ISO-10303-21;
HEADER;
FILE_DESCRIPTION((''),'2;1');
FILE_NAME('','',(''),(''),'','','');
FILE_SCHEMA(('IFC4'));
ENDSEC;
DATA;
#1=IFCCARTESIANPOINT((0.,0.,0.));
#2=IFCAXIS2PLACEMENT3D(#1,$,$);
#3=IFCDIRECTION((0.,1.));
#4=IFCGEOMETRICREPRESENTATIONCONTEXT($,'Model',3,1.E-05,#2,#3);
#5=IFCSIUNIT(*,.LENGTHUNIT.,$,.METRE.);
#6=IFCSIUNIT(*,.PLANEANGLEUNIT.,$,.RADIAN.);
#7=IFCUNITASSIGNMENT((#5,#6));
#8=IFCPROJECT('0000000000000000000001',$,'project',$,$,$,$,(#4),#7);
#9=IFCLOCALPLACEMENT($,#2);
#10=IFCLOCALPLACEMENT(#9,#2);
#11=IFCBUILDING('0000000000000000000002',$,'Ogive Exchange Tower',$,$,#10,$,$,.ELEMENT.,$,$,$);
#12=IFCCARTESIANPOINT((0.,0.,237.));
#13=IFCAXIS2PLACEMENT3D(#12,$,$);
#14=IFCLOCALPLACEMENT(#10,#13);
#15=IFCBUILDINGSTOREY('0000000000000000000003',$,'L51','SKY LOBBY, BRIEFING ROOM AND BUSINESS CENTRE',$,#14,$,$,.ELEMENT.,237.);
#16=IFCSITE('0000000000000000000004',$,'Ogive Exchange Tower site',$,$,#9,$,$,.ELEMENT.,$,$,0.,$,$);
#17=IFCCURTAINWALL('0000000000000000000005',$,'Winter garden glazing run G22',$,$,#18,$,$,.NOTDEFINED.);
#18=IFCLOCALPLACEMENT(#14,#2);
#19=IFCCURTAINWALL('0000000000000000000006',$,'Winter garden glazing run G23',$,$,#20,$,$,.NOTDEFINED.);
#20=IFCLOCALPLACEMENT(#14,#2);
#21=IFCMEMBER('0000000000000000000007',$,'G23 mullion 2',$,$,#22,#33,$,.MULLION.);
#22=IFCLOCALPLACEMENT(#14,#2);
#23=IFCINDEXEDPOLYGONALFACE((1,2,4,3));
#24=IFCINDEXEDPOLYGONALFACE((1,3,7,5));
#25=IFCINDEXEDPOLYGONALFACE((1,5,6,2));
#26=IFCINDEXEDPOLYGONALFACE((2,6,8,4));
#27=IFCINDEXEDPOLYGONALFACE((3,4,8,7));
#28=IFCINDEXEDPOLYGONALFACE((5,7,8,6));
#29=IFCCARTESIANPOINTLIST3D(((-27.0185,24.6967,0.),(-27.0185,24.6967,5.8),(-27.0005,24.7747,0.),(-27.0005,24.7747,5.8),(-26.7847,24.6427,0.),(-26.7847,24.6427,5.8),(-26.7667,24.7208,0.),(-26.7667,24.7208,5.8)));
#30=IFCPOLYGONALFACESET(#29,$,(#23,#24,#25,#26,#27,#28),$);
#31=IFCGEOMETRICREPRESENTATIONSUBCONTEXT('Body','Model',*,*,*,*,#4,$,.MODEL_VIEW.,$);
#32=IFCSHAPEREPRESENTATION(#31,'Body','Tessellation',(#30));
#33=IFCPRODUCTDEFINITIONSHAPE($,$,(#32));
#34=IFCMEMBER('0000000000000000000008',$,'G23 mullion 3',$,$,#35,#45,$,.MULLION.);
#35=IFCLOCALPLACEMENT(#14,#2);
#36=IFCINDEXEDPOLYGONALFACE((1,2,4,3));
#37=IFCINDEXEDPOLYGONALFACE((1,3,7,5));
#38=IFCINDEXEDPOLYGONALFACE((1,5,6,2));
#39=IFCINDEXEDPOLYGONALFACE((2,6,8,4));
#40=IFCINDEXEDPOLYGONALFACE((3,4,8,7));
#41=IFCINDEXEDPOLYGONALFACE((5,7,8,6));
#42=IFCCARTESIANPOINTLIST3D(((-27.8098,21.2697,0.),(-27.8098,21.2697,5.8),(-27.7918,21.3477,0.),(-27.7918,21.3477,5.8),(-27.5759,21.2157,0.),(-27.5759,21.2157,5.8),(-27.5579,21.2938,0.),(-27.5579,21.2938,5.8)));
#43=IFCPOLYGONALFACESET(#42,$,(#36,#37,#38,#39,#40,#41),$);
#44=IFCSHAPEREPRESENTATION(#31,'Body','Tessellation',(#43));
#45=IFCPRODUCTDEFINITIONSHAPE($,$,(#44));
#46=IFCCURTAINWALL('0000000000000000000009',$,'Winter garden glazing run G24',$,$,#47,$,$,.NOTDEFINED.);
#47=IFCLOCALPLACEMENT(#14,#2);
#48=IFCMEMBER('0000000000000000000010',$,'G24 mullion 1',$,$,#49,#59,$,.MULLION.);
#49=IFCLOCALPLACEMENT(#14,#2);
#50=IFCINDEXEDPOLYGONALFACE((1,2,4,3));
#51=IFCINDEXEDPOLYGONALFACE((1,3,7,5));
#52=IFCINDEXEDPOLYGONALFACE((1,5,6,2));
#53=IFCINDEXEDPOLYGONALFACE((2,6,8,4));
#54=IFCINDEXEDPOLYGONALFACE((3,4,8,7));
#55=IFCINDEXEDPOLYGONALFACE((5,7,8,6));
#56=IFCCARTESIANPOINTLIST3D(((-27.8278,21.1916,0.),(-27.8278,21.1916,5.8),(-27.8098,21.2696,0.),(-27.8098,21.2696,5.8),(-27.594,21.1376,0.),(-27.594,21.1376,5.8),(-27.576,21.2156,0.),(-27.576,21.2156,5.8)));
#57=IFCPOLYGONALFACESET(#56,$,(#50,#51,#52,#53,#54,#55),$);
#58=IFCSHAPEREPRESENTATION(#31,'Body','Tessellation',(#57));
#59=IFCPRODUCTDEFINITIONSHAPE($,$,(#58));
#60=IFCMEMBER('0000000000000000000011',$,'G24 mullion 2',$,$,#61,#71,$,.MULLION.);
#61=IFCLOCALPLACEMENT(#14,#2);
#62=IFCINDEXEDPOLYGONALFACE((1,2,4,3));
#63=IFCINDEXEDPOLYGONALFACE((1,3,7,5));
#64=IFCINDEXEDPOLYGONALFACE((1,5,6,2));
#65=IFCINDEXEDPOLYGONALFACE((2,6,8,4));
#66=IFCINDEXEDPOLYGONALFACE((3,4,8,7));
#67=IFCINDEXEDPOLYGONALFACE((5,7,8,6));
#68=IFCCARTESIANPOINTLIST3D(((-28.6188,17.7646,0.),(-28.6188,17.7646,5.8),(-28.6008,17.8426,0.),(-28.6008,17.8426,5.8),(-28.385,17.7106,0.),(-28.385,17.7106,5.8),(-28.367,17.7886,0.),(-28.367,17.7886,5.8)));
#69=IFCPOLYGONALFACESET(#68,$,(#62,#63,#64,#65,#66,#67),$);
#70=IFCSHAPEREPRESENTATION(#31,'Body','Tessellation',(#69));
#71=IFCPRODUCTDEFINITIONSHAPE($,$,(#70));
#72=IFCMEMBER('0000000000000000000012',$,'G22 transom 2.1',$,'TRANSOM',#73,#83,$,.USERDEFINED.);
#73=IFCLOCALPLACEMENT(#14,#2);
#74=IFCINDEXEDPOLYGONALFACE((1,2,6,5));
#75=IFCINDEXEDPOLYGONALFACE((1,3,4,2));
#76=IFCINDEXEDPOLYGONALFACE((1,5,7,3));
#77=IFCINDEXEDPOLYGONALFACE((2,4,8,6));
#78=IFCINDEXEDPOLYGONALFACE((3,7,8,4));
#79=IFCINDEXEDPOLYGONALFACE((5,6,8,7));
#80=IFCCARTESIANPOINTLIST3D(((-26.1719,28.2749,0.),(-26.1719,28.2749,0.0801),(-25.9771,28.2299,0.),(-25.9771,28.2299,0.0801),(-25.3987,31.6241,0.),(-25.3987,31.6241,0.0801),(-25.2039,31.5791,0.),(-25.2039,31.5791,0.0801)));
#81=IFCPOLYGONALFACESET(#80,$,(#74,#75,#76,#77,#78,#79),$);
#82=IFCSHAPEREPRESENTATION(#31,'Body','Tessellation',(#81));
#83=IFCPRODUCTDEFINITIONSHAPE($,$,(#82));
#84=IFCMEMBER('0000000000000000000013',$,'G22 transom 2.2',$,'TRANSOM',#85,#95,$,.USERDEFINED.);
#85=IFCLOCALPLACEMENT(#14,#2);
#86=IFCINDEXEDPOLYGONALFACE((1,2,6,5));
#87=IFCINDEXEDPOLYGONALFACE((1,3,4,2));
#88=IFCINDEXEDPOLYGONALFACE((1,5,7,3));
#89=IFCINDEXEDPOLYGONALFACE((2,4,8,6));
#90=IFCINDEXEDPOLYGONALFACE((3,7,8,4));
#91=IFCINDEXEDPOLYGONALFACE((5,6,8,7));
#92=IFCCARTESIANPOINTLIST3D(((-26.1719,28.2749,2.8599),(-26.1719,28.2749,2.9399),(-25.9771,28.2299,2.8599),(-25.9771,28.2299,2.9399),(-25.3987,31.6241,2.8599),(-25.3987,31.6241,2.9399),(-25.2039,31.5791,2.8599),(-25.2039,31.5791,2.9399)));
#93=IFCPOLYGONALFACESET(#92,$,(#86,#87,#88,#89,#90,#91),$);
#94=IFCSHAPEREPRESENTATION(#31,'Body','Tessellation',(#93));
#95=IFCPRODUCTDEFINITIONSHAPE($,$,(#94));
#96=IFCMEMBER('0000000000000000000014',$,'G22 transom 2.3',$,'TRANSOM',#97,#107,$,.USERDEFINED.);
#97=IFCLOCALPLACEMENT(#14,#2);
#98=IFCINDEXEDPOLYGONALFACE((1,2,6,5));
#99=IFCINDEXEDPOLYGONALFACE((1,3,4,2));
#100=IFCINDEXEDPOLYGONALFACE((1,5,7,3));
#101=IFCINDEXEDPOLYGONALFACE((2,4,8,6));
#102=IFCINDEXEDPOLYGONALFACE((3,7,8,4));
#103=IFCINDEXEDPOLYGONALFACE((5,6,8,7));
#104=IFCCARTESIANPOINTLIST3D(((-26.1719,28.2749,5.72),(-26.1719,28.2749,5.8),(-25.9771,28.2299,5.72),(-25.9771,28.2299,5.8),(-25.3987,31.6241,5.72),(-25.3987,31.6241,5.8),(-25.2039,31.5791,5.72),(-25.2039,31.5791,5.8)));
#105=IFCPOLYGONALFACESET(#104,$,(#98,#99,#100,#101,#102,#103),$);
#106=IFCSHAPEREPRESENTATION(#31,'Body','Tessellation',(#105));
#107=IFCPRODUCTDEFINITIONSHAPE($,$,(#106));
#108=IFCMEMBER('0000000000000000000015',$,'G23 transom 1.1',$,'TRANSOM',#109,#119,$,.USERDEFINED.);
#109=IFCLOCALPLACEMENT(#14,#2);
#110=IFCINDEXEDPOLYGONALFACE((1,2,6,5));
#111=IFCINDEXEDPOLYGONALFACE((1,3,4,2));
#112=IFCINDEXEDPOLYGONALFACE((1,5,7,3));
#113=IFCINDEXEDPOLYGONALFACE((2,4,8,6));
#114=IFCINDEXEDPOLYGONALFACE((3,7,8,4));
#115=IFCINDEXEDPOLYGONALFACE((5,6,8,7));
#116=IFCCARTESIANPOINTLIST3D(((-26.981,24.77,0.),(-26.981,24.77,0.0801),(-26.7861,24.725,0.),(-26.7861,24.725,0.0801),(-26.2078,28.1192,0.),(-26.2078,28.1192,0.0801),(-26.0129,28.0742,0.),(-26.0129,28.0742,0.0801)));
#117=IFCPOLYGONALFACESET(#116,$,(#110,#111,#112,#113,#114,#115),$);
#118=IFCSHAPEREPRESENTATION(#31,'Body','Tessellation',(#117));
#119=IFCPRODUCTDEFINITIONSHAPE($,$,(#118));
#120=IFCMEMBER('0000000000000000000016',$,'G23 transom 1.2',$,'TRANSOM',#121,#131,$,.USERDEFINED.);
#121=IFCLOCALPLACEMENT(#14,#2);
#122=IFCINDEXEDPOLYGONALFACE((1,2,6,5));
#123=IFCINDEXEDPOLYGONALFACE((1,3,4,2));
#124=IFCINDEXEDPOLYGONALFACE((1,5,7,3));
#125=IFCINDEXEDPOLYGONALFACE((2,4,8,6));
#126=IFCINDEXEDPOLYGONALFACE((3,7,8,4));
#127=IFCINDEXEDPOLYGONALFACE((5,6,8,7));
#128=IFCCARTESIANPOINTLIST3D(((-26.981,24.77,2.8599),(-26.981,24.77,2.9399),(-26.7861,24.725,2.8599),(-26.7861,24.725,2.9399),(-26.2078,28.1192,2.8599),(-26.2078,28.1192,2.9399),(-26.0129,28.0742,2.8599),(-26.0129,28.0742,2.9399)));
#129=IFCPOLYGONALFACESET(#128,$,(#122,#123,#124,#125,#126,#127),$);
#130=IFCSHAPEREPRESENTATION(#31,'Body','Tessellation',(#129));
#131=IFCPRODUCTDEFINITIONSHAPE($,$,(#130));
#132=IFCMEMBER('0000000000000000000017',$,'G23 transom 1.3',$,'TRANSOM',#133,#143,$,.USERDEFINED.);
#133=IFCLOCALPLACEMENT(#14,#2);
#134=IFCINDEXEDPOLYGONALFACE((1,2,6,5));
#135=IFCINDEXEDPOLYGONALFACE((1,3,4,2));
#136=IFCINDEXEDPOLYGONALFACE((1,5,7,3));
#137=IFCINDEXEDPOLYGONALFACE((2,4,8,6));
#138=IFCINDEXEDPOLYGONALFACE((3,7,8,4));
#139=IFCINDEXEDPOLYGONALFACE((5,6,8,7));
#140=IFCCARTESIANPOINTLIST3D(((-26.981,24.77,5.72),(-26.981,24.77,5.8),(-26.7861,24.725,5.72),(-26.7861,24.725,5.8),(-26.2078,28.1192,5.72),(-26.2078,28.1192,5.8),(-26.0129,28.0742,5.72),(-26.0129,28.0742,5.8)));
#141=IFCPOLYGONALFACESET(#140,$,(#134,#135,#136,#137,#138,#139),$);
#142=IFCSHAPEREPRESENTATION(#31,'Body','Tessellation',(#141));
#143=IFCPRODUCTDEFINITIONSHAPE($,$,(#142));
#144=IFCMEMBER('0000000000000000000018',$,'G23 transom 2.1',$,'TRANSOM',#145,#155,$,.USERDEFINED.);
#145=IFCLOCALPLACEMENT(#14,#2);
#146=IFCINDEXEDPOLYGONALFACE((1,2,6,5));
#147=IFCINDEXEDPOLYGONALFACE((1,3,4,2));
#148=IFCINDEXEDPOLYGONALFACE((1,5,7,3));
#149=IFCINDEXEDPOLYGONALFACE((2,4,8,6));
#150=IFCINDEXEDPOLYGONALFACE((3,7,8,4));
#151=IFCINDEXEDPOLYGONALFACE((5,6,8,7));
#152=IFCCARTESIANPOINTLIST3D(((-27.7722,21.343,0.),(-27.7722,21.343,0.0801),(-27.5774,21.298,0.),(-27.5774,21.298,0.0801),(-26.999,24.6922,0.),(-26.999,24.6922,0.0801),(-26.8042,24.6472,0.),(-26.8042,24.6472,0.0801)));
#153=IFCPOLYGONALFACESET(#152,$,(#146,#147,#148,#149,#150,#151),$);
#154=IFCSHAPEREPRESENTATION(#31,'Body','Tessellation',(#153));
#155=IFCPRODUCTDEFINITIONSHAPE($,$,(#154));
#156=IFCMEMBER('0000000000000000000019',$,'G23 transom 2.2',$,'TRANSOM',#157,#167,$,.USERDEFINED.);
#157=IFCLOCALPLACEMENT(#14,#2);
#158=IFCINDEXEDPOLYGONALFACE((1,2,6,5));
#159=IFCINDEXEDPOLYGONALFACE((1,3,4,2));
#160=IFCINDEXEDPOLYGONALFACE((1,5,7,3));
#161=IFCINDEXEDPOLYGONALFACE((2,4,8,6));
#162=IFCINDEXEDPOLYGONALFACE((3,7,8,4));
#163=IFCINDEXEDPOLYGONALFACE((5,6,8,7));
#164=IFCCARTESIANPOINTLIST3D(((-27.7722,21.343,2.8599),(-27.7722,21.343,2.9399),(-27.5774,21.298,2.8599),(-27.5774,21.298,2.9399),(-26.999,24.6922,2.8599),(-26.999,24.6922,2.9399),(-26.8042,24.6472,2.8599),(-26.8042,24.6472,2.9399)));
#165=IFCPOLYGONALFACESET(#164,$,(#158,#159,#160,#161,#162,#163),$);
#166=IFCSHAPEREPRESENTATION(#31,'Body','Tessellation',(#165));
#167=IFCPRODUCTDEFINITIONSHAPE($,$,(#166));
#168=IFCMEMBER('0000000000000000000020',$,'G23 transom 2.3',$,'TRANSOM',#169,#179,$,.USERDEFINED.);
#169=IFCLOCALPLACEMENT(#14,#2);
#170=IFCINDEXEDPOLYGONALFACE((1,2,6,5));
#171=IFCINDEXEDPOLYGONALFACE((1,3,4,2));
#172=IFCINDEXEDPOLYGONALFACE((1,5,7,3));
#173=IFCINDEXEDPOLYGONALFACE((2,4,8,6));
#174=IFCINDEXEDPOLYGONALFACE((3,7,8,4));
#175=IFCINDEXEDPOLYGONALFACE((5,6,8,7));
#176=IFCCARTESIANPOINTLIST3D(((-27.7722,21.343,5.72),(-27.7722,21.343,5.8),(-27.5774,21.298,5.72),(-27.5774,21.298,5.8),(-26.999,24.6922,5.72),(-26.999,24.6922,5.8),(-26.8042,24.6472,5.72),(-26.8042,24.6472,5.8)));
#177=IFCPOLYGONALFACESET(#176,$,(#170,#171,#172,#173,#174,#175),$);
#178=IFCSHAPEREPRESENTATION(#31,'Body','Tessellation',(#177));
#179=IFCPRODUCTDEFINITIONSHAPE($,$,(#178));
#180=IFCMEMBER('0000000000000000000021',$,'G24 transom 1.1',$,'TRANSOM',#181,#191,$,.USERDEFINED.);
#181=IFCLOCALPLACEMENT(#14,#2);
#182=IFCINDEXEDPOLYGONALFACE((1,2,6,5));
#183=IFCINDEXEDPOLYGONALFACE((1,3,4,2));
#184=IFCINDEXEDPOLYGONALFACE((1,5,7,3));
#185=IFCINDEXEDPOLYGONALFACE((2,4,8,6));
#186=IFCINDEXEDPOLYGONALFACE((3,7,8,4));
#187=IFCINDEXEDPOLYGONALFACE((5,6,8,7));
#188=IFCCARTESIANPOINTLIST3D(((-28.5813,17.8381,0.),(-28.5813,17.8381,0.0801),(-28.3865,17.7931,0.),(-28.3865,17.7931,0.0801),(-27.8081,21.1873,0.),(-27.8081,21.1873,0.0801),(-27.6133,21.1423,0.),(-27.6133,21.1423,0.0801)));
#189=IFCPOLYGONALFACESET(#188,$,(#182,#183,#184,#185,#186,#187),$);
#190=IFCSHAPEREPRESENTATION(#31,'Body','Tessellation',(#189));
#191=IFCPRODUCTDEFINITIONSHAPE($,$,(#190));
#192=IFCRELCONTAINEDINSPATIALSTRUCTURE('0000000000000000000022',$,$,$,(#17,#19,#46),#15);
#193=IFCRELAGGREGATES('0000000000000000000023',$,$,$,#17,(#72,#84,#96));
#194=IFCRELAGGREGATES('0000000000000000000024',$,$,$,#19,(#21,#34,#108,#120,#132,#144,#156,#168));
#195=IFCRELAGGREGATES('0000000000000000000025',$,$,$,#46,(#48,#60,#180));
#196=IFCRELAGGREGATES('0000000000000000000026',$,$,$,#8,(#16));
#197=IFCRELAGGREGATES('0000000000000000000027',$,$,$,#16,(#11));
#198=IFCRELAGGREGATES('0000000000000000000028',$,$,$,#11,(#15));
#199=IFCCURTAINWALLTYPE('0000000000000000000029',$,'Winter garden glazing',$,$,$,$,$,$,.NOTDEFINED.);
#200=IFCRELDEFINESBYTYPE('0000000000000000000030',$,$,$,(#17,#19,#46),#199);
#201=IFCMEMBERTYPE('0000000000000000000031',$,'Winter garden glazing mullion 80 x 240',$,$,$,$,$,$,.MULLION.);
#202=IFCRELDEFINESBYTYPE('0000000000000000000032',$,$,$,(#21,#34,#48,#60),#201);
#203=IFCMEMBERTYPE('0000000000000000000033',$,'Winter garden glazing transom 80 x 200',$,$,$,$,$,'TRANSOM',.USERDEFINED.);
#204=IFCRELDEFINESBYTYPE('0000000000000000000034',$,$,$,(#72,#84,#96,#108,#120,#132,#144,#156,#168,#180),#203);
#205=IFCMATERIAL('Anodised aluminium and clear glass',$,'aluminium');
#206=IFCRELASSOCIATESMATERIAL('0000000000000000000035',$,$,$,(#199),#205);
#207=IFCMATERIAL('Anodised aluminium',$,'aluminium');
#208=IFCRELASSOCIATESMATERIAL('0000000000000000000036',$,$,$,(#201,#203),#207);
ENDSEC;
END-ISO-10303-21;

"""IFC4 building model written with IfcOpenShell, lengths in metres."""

from ifc_helpers import new_model, si_unit, direction, frame, origin, origin_2d, place, context, subcontext, project, spatial, rectangle, extrude, material, material_profile, profile_set, type_object, element, aggregate, save


model = new_model("IFC4")

# Units and contexts
model_context = context("Model", 3, precision=1e-05, world=origin(), true_north=direction((0.0, 1.0)))
body_context = subcontext(model_context, "Body", "Model", "MODEL_VIEW")
ifc_project = project(units=[si_unit("LENGTHUNIT", "METRE"), si_unit("PLANEANGLEUNIT", "RADIAN")], contexts=[model_context])

# Site, building, storey
site_placement = place(None, origin())
site = spatial("IfcSite", under=ifc_project, at=site_placement, Name="Ogive Exchange Tower site", CompositionType="ELEMENT", RefElevation=0.0)
building_placement = place(site_placement, origin())
building = spatial("IfcBuilding", under=site, at=building_placement, Name="Ogive Exchange Tower", CompositionType="ELEMENT")
storey_placement = place(building_placement, frame((0.0, 0.0, 237.0)))
storey = spatial("IfcBuildingStorey", under=building, at=storey_placement, Name="L51", Description="SKY LOBBY, BRIEFING ROOM AND BUSINESS CENTRE", CompositionType="ELEMENT", Elevation=237.0)

# Curtain walls, members
ifc_material_1 = material(Name="Anodised aluminium and clear glass", Category="aluminium")
curtain_wall_type = type_object("IfcCurtainWallType", Name="Winter garden glazing", PredefinedType="NOTDEFINED", material=ifc_material_1)
curtain_wall_1_placement = place(storey_placement, origin())
curtain_wall_1 = element("IfcCurtainWall", 1, at=curtain_wall_1_placement, inside=storey, type_object=curtain_wall_type, Name="Winter garden glazing run G22", PredefinedType="NOTDEFINED")
ifc_material_2 = material(Name="Anodised aluminium", Category="aluminium")
ifc_material_profile_1 = material_profile(ifc_material_2, rectangle(XDim=0.24, YDim=0.0801, at=origin_2d()), Name="AL 80x240")
ifc_profile_set_1 = profile_set([ifc_material_profile_1], Name="Anodised aluminium")
member_type_1 = type_object("IfcMemberType", Name="Winter garden glazing mullion 80 x 240", PredefinedType="MULLION", material=ifc_profile_set_1)
curtain_wall_2_placement = place(storey_placement, origin())
curtain_wall_2 = element("IfcCurtainWall", 2, at=curtain_wall_2_placement, inside=storey, type_object=curtain_wall_type, Name="Winter garden glazing run G23", PredefinedType="NOTDEFINED")
member_1_placement = place(storey_placement, frame((-26.8926, 24.7087, 0.0), z_axis=(0.0, 0.0, 1.0), x_axis=(0.974369, -0.224957, 0.0)))
member_1 = element("IfcMember", 3, at=member_1_placement, type_object=member_type_1, Name="G23 mullion 2", PredefinedType="MULLION", context=body_context, shape_type="SweptSolid", body=[
    extrude(rectangle(XDim=0.24, YDim=0.0801, at=origin_2d()), origin(), (0.0, 0.0, 1.0), 5.8),
])
member_2_placement = place(storey_placement, frame((-27.6838, 21.2817, 0.0), z_axis=(0.0, 0.0, 1.0), x_axis=(0.974369, -0.224957, 0.0)))
member_2 = element("IfcMember", 4, at=member_2_placement, type_object=member_type_1, Name="G23 mullion 3", PredefinedType="MULLION", context=body_context, shape_type="SweptSolid", body=[
    extrude(rectangle(XDim=0.24, YDim=0.0801, at=origin_2d()), origin(), (0.0, 0.0, 1.0), 5.8),
])
curtain_wall_3_placement = place(storey_placement, origin())
curtain_wall_3 = element("IfcCurtainWall", 5, at=curtain_wall_3_placement, inside=storey, type_object=curtain_wall_type, Name="Winter garden glazing run G24", PredefinedType="NOTDEFINED")
member_3_placement = place(storey_placement, frame((-27.7019, 21.2036, 0.0), z_axis=(0.0, 0.0, 1.0), x_axis=(0.974369, -0.224954, 0.0)))
member_3 = element("IfcMember", 6, at=member_3_placement, type_object=member_type_1, Name="G24 mullion 1", PredefinedType="MULLION", context=body_context, shape_type="SweptSolid", body=[
    extrude(rectangle(XDim=0.24, YDim=0.0801, at=origin_2d()), origin(), (0.0, 0.0, 1.0), 5.8),
])
member_4_placement = place(storey_placement, frame((-28.4929, 17.7766, 0.0), z_axis=(0.0, 0.0, 1.0), x_axis=(0.974369, -0.224954, 0.0)))
member_4 = element("IfcMember", 7, at=member_4_placement, type_object=member_type_1, Name="G24 mullion 2", PredefinedType="MULLION", context=body_context, shape_type="SweptSolid", body=[
    extrude(rectangle(XDim=0.24, YDim=0.0801, at=origin_2d()), origin(), (0.0, 0.0, 1.0), 5.8),
])

# Members
ifc_material_profile_2 = material_profile(ifc_material_2, rectangle(XDim=0.2, YDim=0.0801, at=origin_2d()), Name="AL 80x200")
ifc_profile_set_2 = profile_set([ifc_material_profile_2], Name="Anodised aluminium")
member_type_2 = type_object("IfcMemberType", Name="Winter garden glazing transom 80 x 200", ElementType="TRANSOM", PredefinedType="USERDEFINED", material=ifc_profile_set_2)
member_5_placement = place(storey_placement, frame((-25.3013, 31.6016, 0.04), z_axis=(-0.224948, -0.974371, 0.0), x_axis=(0.974371, -0.224948, 0.0)))
member_5 = element("IfcMember", 8, at=member_5_placement, type_object=member_type_2, Name="G22 transom 2.1", ObjectType="TRANSOM", PredefinedType="USERDEFINED", context=body_context, shape_type="SweptSolid", body=[
    extrude(rectangle(XDim=0.2, YDim=0.0801, at=origin_2d()), origin(), (0.0, 0.0, 1.0), 3.4373),
])
member_6_placement = place(storey_placement, frame((-25.3013, 31.6016, 2.8999), z_axis=(-0.224948, -0.974371, 0.0), x_axis=(0.974371, -0.224948, 0.0)))
member_6 = element("IfcMember", 9, at=member_6_placement, type_object=member_type_2, Name="G22 transom 2.2", ObjectType="TRANSOM", PredefinedType="USERDEFINED", context=body_context, shape_type="SweptSolid", body=[
    extrude(rectangle(XDim=0.2, YDim=0.0801, at=origin_2d()), origin(), (0.0, 0.0, 1.0), 3.4373),
])
member_7_placement = place(storey_placement, frame((-25.3013, 31.6016, 5.76), z_axis=(-0.224948, -0.974371, 0.0), x_axis=(0.974371, -0.224948, 0.0)))
member_7 = element("IfcMember", 10, at=member_7_placement, type_object=member_type_2, Name="G22 transom 2.3", ObjectType="TRANSOM", PredefinedType="USERDEFINED", context=body_context, shape_type="SweptSolid", body=[
    extrude(rectangle(XDim=0.2, YDim=0.0801, at=origin_2d()), origin(), (0.0, 0.0, 1.0), 3.4373),
])
member_8_placement = place(storey_placement, frame((-26.1104, 28.0967, 0.04), z_axis=(-0.224948, -0.974371, 0.0), x_axis=(0.974371, -0.224948, 0.0)))
member_8 = element("IfcMember", 11, at=member_8_placement, type_object=member_type_2, Name="G23 transom 1.1", ObjectType="TRANSOM", PredefinedType="USERDEFINED", context=body_context, shape_type="SweptSolid", body=[
    extrude(rectangle(XDim=0.2, YDim=0.0801, at=origin_2d()), origin(), (0.0, 0.0, 1.0), 3.4373),
])
member_9_placement = place(storey_placement, frame((-26.1104, 28.0967, 2.8999), z_axis=(-0.224948, -0.974371, 0.0), x_axis=(0.974371, -0.224948, 0.0)))
member_9 = element("IfcMember", 12, at=member_9_placement, type_object=member_type_2, Name="G23 transom 1.2", ObjectType="TRANSOM", PredefinedType="USERDEFINED", context=body_context, shape_type="SweptSolid", body=[
    extrude(rectangle(XDim=0.2, YDim=0.0801, at=origin_2d()), origin(), (0.0, 0.0, 1.0), 3.4373),
])
member_10_placement = place(storey_placement, frame((-26.1104, 28.0967, 5.76), z_axis=(-0.224948, -0.974371, 0.0), x_axis=(0.974371, -0.224948, 0.0)))
member_10 = element("IfcMember", 13, at=member_10_placement, type_object=member_type_2, Name="G23 transom 1.3", ObjectType="TRANSOM", PredefinedType="USERDEFINED", context=body_context, shape_type="SweptSolid", body=[
    extrude(rectangle(XDim=0.2, YDim=0.0801, at=origin_2d()), origin(), (0.0, 0.0, 1.0), 3.4373),
])
member_11_placement = place(storey_placement, frame((-26.9016, 24.6697, 0.04), z_axis=(-0.224948, -0.974371, 0.0), x_axis=(0.974371, -0.224948, 0.0)))
member_11 = element("IfcMember", 14, at=member_11_placement, type_object=member_type_2, Name="G23 transom 2.1", ObjectType="TRANSOM", PredefinedType="USERDEFINED", context=body_context, shape_type="SweptSolid", body=[
    extrude(rectangle(XDim=0.2, YDim=0.0801, at=origin_2d()), origin(), (0.0, 0.0, 1.0), 3.4373),
])
member_12_placement = place(storey_placement, frame((-26.9016, 24.6697, 2.8999), z_axis=(-0.224948, -0.974371, 0.0), x_axis=(0.974371, -0.224948, 0.0)))
member_12 = element("IfcMember", 15, at=member_12_placement, type_object=member_type_2, Name="G23 transom 2.2", ObjectType="TRANSOM", PredefinedType="USERDEFINED", context=body_context, shape_type="SweptSolid", body=[
    extrude(rectangle(XDim=0.2, YDim=0.0801, at=origin_2d()), origin(), (0.0, 0.0, 1.0), 3.4373),
])
member_13_placement = place(storey_placement, frame((-26.9016, 24.6697, 5.76), z_axis=(-0.224948, -0.974371, 0.0), x_axis=(0.974371, -0.224948, 0.0)))
member_13 = element("IfcMember", 16, at=member_13_placement, type_object=member_type_2, Name="G23 transom 2.3", ObjectType="TRANSOM", PredefinedType="USERDEFINED", context=body_context, shape_type="SweptSolid", body=[
    extrude(rectangle(XDim=0.2, YDim=0.0801, at=origin_2d()), origin(), (0.0, 0.0, 1.0), 3.4373),
])
member_14_placement = place(storey_placement, frame((-27.7107, 21.1648, 0.04), z_axis=(-0.224948, -0.974371, 0.0), x_axis=(0.974371, -0.224948, 0.0)))
member_14 = element("IfcMember", 17, at=member_14_placement, type_object=member_type_2, Name="G24 transom 1.1", ObjectType="TRANSOM", PredefinedType="USERDEFINED", context=body_context, shape_type="SweptSolid", body=[
    extrude(rectangle(XDim=0.2, YDim=0.0801, at=origin_2d()), origin(), (0.0, 0.0, 1.0), 3.4373),
])

aggregate(curtain_wall_1, [member_5, member_6, member_7])
aggregate(curtain_wall_2, [member_1, member_2, member_8, member_9, member_10, member_11, member_12, member_13])
aggregate(curtain_wall_3, [member_3, member_4, member_14])

save(model, "model.ifc")
